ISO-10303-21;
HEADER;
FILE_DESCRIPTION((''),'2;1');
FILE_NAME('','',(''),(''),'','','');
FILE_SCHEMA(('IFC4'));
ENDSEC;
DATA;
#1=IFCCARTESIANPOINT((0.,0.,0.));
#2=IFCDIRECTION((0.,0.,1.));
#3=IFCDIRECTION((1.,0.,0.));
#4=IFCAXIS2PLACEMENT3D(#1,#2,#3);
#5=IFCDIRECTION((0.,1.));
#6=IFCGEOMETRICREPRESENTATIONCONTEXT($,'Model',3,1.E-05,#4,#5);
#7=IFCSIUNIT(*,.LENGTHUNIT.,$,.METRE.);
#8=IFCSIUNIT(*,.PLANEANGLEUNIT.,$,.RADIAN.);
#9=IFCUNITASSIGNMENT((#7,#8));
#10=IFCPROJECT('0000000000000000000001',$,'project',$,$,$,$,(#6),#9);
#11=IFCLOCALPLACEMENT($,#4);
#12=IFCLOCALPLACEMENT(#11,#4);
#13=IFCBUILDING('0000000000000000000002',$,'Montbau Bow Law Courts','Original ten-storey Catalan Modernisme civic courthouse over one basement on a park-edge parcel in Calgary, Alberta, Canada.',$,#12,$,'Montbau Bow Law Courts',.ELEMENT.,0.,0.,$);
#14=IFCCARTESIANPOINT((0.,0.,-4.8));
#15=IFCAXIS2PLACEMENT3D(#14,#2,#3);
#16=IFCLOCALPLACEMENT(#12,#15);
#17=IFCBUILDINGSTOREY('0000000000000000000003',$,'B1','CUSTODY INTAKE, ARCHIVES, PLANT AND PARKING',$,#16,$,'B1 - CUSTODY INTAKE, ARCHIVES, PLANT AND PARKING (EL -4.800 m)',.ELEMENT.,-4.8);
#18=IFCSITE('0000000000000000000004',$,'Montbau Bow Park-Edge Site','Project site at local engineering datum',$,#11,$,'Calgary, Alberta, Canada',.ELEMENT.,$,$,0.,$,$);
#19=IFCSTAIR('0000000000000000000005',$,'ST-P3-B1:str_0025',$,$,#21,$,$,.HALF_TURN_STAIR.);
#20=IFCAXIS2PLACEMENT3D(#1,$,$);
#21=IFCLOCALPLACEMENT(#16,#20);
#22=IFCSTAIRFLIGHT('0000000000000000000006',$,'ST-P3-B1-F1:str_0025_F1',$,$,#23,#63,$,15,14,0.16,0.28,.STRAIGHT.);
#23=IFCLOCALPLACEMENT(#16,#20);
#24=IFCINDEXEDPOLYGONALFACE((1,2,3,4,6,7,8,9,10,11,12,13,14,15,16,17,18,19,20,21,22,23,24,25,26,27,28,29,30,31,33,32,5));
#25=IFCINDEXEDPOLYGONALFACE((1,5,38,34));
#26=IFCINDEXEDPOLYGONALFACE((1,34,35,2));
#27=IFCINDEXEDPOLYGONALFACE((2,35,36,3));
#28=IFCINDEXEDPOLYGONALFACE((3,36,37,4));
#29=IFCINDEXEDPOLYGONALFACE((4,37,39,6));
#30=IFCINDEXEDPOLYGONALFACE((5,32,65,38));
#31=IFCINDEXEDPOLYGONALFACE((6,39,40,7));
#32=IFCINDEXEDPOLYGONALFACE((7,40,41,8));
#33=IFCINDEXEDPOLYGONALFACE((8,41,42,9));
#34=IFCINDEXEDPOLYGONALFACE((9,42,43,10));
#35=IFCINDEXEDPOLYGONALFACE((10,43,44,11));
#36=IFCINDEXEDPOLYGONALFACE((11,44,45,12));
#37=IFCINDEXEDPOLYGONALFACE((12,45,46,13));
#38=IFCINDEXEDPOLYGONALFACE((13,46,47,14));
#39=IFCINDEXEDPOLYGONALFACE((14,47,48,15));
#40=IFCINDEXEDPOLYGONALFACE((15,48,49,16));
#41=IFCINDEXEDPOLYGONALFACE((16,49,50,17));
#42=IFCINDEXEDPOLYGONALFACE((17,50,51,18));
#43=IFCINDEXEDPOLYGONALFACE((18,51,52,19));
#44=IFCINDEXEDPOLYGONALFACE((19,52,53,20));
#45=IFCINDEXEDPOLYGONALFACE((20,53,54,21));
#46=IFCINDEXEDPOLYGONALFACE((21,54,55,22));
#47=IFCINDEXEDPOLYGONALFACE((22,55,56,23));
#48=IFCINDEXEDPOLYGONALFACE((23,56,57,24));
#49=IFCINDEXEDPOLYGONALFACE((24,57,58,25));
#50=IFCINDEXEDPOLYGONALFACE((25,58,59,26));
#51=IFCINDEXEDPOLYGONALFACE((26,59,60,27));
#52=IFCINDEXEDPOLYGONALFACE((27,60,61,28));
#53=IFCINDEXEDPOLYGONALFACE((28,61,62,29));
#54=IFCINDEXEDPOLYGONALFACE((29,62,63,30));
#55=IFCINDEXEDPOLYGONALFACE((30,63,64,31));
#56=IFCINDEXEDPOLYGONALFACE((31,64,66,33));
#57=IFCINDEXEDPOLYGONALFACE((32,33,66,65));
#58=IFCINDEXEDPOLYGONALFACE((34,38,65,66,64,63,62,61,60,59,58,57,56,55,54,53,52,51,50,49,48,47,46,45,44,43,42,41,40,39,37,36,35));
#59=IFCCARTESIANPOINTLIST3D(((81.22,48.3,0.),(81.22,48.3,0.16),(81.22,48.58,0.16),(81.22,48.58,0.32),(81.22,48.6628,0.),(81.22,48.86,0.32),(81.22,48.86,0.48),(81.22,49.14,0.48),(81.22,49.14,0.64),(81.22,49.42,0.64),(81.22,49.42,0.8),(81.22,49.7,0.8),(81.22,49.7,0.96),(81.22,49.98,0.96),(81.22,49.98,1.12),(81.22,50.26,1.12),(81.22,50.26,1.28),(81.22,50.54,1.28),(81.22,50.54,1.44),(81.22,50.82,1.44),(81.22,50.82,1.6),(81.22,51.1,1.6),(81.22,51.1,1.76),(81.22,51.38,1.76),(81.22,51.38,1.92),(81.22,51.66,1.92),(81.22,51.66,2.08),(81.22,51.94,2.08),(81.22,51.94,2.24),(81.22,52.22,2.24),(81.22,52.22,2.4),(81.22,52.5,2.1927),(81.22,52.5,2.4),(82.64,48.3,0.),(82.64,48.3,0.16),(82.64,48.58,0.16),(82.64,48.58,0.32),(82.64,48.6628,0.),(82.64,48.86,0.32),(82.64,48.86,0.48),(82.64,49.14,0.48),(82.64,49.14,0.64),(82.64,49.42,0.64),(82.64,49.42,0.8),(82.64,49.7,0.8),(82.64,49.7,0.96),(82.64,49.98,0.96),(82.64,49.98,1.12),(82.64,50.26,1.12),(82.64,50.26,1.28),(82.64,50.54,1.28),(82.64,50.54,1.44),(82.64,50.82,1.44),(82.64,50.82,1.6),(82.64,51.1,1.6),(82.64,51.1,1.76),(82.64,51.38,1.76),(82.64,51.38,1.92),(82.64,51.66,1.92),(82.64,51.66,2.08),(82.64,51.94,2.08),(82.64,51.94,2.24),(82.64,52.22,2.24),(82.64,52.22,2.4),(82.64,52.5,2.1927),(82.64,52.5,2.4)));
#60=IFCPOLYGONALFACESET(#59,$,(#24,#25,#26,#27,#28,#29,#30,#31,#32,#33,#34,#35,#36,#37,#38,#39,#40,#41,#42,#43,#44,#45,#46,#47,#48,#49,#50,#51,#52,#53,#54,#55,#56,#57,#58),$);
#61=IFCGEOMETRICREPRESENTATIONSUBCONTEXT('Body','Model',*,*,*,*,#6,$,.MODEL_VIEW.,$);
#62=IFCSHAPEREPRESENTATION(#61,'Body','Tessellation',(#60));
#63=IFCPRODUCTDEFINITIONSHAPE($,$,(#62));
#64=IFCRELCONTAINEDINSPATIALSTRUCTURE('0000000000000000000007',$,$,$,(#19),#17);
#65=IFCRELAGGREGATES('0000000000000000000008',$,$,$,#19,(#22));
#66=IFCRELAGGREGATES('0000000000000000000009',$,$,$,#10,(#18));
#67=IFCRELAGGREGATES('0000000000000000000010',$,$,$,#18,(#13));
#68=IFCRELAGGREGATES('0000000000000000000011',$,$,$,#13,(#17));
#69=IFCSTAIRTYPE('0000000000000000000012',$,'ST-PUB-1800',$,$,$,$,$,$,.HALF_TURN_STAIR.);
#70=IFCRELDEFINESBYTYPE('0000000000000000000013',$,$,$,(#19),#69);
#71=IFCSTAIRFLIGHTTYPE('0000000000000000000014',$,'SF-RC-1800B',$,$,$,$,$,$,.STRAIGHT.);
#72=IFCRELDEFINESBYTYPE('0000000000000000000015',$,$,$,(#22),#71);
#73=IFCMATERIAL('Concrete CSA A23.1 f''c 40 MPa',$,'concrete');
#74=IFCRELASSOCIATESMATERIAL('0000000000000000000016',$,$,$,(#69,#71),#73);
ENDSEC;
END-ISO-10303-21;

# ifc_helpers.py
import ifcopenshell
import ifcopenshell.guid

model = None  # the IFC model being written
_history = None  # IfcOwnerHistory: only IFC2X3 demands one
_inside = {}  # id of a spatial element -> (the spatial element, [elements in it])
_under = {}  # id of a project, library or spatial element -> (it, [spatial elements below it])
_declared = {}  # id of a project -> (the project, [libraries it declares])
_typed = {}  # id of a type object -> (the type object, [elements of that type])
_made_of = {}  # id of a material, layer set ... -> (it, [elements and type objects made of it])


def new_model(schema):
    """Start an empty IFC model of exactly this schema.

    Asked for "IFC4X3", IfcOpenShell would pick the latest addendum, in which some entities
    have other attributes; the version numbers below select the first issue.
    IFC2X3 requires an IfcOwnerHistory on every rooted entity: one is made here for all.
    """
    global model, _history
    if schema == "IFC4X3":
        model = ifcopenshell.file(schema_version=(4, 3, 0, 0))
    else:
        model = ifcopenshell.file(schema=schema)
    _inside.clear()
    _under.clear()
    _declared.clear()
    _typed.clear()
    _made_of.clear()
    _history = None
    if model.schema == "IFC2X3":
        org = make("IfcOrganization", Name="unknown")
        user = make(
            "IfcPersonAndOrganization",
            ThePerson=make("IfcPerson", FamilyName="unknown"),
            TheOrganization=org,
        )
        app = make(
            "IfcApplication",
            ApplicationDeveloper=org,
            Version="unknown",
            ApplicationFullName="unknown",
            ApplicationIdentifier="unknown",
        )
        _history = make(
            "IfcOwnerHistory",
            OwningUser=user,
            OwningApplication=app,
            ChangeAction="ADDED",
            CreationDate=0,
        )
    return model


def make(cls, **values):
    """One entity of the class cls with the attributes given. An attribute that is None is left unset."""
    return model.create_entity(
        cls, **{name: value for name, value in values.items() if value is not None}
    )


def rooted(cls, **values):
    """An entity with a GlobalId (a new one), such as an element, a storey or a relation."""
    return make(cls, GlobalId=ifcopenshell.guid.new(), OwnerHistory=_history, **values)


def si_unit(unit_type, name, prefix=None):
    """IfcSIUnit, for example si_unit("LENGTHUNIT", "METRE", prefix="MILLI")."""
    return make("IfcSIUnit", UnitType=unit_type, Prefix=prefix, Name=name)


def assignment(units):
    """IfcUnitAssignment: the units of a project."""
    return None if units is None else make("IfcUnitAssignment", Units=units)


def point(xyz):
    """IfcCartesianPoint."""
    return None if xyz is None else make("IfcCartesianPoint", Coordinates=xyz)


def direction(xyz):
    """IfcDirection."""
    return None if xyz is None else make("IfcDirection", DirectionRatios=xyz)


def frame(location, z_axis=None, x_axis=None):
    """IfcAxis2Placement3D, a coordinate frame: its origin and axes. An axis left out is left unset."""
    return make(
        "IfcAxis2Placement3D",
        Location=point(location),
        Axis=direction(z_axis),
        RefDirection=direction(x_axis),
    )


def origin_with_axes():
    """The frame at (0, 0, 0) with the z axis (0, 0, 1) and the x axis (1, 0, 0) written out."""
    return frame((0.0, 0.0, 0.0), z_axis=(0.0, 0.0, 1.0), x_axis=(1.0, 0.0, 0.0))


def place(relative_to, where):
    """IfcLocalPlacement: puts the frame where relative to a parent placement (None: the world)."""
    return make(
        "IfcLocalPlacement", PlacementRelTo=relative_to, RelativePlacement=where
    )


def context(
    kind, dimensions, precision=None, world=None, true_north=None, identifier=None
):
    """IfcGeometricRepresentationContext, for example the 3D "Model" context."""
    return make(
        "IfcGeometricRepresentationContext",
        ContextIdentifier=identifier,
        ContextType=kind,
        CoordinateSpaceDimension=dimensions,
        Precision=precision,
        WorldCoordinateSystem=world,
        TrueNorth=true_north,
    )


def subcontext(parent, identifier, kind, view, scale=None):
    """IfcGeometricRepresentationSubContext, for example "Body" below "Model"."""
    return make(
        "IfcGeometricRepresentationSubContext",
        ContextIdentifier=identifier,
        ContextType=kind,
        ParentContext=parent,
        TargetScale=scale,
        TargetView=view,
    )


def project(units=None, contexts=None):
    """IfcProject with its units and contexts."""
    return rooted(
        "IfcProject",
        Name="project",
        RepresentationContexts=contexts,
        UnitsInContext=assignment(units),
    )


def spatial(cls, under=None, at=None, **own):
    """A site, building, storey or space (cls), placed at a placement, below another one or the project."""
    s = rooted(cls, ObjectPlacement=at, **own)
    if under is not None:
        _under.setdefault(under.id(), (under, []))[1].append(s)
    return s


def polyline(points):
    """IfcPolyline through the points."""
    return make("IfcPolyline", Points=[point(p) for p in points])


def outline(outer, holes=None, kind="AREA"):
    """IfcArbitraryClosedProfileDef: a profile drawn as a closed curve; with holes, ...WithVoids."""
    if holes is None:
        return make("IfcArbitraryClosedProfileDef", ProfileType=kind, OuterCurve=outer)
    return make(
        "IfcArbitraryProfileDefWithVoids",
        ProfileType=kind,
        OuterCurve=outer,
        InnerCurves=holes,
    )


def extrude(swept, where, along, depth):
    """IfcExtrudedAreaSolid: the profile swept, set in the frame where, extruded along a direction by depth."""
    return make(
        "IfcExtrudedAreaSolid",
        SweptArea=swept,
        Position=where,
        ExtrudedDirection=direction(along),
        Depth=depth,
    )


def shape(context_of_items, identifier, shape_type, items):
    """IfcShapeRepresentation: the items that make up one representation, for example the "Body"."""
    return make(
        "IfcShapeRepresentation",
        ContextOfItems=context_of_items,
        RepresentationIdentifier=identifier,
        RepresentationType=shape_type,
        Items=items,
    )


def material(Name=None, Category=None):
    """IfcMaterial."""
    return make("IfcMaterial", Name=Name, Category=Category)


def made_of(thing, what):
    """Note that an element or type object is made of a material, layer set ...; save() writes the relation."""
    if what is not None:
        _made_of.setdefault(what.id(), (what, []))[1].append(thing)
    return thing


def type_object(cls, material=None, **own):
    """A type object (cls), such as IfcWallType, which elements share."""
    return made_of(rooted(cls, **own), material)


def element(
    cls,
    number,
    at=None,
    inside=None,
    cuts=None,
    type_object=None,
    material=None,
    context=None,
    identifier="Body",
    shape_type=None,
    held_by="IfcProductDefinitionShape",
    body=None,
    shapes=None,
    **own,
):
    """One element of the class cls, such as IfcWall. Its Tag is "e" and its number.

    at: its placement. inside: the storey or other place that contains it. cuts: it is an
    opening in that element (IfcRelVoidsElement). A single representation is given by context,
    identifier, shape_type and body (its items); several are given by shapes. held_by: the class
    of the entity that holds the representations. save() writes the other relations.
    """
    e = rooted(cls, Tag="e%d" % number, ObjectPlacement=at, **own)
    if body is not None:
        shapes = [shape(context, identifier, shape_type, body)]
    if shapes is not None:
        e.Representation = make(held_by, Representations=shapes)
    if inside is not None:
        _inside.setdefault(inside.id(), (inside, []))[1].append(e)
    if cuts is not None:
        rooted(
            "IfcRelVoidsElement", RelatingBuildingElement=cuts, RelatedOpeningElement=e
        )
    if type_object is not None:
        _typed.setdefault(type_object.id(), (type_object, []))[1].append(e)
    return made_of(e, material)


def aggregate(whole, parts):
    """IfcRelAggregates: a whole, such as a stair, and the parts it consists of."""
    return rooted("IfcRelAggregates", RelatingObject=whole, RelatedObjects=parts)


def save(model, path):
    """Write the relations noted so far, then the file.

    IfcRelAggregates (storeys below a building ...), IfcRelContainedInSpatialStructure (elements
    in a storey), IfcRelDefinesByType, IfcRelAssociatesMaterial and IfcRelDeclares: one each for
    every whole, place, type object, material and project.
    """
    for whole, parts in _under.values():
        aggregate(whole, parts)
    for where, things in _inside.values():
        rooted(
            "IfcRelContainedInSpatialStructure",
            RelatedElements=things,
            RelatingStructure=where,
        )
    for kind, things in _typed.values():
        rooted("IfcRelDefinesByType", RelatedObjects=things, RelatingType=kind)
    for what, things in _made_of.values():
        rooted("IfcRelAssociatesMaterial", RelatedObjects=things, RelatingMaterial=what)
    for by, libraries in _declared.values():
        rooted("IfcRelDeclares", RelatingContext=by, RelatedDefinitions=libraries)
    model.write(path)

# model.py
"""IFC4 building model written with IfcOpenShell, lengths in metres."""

from ifc_helpers import new_model, si_unit, direction, frame, origin_with_axes, place, context, subcontext, project, spatial, polyline, outline, extrude, material, type_object, element, aggregate, save


model = new_model("IFC4")

# Units and contexts
model_context = context("Model", 3, precision=1e-05, world=origin_with_axes(), true_north=direction((0.0, 1.0)))
body_context = subcontext(model_context, "Body", "Model", "MODEL_VIEW")
ifc_project = project(units=[si_unit("LENGTHUNIT", "METRE"), si_unit("PLANEANGLEUNIT", "RADIAN")], contexts=[model_context])

# Site, building, storey
site_placement = place(None, origin_with_axes())
site = spatial("IfcSite", under=ifc_project, at=site_placement, Name="Montbau Bow Park-Edge Site", Description="Project site at local engineering datum", LongName="Calgary, Alberta, Canada", CompositionType="ELEMENT", RefElevation=0.0)
building_placement = place(site_placement, origin_with_axes())
building = spatial("IfcBuilding", under=site, at=building_placement, Name="Montbau Bow Law Courts", Description="Original ten-storey Catalan Modernisme civic courthouse over one basement on a park-edge parcel in Calgary, Alberta, Canada.", LongName="Montbau Bow Law Courts", CompositionType="ELEMENT", ElevationOfRefHeight=0.0, ElevationOfTerrain=0.0)
storey_placement = place(building_placement, frame((0.0, 0.0, -4.8), z_axis=(0.0, 0.0, 1.0), x_axis=(1.0, 0.0, 0.0)))
storey = spatial("IfcBuildingStorey", under=building, at=storey_placement, Name="B1", Description="CUSTODY INTAKE, ARCHIVES, PLANT AND PARKING", LongName="B1 - CUSTODY INTAKE, ARCHIVES, PLANT AND PARKING (EL -4.800 m)", CompositionType="ELEMENT", Elevation=-4.8)

# Shared definitions
ifc_material_1 = material(Name="Concrete CSA A23.1 f'c 40 MPa", Category="concrete")

# Stair, stair flight
stair_type = type_object("IfcStairType", Name="ST-PUB-1800", PredefinedType="HALF_TURN_STAIR", material=ifc_material_1)
stair_placement = place(None, frame((81.93, 48.3, -4.8), z_axis=(0.0, 0.0, 1.0), x_axis=(1.0, 0.0, 0.0)))
stair = element("IfcStair", 1, at=stair_placement, inside=storey, type_object=stair_type, Name="ST-P3-B1:str_0025", PredefinedType="HALF_TURN_STAIR")
stair_flight_type = type_object("IfcStairFlightType", Name="SF-RC-1800B", PredefinedType="STRAIGHT", material=ifc_material_1)
stair_flight_placement = place(None, frame((81.93, 48.3, -4.8), z_axis=(0.0, 0.0, 1.0), x_axis=(0.0, 1.0, 0.0)))
stair_flight = element("IfcStairFlight", 2, at=stair_flight_placement, type_object=stair_flight_type, Name="ST-P3-B1-F1:str_0025_F1", NumberOfRisers=15, NumberOfTreads=14, PredefinedType="STRAIGHT", RiserHeight=0.16, TreadLength=0.28, context=body_context, shape_type="SweptSolid", body=[
    extrude(outline(polyline([(0.0, 0.0), (0.0, 0.16), (0.28, 0.16), (0.28, 0.32), (0.56, 0.32), (0.56, 0.48), (0.84, 0.48), (0.84, 0.64), (1.12, 0.64), (1.12, 0.8), (1.4, 0.8), (1.4, 0.96), (1.68, 0.96), (1.68, 1.12), (1.96, 1.12), (1.96, 1.28), (2.24, 1.28), (2.24, 1.44), (2.52, 1.44), (2.52, 1.6), (2.8, 1.6), (2.8, 1.76), (3.08, 1.76), (3.08, 1.92), (3.36, 1.92), (3.36, 2.08), (3.64, 2.08), (3.64, 2.24), (3.92, 2.24), (3.92, 2.4), (4.2, 2.4), (4.2, 2.1927), (0.3628, 0.0), (0.0, 0.0)])), frame((0.0, 0.71, 0.0), z_axis=(0.0, -1.0, 0.0), x_axis=(1.0, 0.0, 0.0)), (0.0, 0.0, 1.0), 1.42),
])
aggregate(stair, [stair_flight])

save(model, "model.ifc")
